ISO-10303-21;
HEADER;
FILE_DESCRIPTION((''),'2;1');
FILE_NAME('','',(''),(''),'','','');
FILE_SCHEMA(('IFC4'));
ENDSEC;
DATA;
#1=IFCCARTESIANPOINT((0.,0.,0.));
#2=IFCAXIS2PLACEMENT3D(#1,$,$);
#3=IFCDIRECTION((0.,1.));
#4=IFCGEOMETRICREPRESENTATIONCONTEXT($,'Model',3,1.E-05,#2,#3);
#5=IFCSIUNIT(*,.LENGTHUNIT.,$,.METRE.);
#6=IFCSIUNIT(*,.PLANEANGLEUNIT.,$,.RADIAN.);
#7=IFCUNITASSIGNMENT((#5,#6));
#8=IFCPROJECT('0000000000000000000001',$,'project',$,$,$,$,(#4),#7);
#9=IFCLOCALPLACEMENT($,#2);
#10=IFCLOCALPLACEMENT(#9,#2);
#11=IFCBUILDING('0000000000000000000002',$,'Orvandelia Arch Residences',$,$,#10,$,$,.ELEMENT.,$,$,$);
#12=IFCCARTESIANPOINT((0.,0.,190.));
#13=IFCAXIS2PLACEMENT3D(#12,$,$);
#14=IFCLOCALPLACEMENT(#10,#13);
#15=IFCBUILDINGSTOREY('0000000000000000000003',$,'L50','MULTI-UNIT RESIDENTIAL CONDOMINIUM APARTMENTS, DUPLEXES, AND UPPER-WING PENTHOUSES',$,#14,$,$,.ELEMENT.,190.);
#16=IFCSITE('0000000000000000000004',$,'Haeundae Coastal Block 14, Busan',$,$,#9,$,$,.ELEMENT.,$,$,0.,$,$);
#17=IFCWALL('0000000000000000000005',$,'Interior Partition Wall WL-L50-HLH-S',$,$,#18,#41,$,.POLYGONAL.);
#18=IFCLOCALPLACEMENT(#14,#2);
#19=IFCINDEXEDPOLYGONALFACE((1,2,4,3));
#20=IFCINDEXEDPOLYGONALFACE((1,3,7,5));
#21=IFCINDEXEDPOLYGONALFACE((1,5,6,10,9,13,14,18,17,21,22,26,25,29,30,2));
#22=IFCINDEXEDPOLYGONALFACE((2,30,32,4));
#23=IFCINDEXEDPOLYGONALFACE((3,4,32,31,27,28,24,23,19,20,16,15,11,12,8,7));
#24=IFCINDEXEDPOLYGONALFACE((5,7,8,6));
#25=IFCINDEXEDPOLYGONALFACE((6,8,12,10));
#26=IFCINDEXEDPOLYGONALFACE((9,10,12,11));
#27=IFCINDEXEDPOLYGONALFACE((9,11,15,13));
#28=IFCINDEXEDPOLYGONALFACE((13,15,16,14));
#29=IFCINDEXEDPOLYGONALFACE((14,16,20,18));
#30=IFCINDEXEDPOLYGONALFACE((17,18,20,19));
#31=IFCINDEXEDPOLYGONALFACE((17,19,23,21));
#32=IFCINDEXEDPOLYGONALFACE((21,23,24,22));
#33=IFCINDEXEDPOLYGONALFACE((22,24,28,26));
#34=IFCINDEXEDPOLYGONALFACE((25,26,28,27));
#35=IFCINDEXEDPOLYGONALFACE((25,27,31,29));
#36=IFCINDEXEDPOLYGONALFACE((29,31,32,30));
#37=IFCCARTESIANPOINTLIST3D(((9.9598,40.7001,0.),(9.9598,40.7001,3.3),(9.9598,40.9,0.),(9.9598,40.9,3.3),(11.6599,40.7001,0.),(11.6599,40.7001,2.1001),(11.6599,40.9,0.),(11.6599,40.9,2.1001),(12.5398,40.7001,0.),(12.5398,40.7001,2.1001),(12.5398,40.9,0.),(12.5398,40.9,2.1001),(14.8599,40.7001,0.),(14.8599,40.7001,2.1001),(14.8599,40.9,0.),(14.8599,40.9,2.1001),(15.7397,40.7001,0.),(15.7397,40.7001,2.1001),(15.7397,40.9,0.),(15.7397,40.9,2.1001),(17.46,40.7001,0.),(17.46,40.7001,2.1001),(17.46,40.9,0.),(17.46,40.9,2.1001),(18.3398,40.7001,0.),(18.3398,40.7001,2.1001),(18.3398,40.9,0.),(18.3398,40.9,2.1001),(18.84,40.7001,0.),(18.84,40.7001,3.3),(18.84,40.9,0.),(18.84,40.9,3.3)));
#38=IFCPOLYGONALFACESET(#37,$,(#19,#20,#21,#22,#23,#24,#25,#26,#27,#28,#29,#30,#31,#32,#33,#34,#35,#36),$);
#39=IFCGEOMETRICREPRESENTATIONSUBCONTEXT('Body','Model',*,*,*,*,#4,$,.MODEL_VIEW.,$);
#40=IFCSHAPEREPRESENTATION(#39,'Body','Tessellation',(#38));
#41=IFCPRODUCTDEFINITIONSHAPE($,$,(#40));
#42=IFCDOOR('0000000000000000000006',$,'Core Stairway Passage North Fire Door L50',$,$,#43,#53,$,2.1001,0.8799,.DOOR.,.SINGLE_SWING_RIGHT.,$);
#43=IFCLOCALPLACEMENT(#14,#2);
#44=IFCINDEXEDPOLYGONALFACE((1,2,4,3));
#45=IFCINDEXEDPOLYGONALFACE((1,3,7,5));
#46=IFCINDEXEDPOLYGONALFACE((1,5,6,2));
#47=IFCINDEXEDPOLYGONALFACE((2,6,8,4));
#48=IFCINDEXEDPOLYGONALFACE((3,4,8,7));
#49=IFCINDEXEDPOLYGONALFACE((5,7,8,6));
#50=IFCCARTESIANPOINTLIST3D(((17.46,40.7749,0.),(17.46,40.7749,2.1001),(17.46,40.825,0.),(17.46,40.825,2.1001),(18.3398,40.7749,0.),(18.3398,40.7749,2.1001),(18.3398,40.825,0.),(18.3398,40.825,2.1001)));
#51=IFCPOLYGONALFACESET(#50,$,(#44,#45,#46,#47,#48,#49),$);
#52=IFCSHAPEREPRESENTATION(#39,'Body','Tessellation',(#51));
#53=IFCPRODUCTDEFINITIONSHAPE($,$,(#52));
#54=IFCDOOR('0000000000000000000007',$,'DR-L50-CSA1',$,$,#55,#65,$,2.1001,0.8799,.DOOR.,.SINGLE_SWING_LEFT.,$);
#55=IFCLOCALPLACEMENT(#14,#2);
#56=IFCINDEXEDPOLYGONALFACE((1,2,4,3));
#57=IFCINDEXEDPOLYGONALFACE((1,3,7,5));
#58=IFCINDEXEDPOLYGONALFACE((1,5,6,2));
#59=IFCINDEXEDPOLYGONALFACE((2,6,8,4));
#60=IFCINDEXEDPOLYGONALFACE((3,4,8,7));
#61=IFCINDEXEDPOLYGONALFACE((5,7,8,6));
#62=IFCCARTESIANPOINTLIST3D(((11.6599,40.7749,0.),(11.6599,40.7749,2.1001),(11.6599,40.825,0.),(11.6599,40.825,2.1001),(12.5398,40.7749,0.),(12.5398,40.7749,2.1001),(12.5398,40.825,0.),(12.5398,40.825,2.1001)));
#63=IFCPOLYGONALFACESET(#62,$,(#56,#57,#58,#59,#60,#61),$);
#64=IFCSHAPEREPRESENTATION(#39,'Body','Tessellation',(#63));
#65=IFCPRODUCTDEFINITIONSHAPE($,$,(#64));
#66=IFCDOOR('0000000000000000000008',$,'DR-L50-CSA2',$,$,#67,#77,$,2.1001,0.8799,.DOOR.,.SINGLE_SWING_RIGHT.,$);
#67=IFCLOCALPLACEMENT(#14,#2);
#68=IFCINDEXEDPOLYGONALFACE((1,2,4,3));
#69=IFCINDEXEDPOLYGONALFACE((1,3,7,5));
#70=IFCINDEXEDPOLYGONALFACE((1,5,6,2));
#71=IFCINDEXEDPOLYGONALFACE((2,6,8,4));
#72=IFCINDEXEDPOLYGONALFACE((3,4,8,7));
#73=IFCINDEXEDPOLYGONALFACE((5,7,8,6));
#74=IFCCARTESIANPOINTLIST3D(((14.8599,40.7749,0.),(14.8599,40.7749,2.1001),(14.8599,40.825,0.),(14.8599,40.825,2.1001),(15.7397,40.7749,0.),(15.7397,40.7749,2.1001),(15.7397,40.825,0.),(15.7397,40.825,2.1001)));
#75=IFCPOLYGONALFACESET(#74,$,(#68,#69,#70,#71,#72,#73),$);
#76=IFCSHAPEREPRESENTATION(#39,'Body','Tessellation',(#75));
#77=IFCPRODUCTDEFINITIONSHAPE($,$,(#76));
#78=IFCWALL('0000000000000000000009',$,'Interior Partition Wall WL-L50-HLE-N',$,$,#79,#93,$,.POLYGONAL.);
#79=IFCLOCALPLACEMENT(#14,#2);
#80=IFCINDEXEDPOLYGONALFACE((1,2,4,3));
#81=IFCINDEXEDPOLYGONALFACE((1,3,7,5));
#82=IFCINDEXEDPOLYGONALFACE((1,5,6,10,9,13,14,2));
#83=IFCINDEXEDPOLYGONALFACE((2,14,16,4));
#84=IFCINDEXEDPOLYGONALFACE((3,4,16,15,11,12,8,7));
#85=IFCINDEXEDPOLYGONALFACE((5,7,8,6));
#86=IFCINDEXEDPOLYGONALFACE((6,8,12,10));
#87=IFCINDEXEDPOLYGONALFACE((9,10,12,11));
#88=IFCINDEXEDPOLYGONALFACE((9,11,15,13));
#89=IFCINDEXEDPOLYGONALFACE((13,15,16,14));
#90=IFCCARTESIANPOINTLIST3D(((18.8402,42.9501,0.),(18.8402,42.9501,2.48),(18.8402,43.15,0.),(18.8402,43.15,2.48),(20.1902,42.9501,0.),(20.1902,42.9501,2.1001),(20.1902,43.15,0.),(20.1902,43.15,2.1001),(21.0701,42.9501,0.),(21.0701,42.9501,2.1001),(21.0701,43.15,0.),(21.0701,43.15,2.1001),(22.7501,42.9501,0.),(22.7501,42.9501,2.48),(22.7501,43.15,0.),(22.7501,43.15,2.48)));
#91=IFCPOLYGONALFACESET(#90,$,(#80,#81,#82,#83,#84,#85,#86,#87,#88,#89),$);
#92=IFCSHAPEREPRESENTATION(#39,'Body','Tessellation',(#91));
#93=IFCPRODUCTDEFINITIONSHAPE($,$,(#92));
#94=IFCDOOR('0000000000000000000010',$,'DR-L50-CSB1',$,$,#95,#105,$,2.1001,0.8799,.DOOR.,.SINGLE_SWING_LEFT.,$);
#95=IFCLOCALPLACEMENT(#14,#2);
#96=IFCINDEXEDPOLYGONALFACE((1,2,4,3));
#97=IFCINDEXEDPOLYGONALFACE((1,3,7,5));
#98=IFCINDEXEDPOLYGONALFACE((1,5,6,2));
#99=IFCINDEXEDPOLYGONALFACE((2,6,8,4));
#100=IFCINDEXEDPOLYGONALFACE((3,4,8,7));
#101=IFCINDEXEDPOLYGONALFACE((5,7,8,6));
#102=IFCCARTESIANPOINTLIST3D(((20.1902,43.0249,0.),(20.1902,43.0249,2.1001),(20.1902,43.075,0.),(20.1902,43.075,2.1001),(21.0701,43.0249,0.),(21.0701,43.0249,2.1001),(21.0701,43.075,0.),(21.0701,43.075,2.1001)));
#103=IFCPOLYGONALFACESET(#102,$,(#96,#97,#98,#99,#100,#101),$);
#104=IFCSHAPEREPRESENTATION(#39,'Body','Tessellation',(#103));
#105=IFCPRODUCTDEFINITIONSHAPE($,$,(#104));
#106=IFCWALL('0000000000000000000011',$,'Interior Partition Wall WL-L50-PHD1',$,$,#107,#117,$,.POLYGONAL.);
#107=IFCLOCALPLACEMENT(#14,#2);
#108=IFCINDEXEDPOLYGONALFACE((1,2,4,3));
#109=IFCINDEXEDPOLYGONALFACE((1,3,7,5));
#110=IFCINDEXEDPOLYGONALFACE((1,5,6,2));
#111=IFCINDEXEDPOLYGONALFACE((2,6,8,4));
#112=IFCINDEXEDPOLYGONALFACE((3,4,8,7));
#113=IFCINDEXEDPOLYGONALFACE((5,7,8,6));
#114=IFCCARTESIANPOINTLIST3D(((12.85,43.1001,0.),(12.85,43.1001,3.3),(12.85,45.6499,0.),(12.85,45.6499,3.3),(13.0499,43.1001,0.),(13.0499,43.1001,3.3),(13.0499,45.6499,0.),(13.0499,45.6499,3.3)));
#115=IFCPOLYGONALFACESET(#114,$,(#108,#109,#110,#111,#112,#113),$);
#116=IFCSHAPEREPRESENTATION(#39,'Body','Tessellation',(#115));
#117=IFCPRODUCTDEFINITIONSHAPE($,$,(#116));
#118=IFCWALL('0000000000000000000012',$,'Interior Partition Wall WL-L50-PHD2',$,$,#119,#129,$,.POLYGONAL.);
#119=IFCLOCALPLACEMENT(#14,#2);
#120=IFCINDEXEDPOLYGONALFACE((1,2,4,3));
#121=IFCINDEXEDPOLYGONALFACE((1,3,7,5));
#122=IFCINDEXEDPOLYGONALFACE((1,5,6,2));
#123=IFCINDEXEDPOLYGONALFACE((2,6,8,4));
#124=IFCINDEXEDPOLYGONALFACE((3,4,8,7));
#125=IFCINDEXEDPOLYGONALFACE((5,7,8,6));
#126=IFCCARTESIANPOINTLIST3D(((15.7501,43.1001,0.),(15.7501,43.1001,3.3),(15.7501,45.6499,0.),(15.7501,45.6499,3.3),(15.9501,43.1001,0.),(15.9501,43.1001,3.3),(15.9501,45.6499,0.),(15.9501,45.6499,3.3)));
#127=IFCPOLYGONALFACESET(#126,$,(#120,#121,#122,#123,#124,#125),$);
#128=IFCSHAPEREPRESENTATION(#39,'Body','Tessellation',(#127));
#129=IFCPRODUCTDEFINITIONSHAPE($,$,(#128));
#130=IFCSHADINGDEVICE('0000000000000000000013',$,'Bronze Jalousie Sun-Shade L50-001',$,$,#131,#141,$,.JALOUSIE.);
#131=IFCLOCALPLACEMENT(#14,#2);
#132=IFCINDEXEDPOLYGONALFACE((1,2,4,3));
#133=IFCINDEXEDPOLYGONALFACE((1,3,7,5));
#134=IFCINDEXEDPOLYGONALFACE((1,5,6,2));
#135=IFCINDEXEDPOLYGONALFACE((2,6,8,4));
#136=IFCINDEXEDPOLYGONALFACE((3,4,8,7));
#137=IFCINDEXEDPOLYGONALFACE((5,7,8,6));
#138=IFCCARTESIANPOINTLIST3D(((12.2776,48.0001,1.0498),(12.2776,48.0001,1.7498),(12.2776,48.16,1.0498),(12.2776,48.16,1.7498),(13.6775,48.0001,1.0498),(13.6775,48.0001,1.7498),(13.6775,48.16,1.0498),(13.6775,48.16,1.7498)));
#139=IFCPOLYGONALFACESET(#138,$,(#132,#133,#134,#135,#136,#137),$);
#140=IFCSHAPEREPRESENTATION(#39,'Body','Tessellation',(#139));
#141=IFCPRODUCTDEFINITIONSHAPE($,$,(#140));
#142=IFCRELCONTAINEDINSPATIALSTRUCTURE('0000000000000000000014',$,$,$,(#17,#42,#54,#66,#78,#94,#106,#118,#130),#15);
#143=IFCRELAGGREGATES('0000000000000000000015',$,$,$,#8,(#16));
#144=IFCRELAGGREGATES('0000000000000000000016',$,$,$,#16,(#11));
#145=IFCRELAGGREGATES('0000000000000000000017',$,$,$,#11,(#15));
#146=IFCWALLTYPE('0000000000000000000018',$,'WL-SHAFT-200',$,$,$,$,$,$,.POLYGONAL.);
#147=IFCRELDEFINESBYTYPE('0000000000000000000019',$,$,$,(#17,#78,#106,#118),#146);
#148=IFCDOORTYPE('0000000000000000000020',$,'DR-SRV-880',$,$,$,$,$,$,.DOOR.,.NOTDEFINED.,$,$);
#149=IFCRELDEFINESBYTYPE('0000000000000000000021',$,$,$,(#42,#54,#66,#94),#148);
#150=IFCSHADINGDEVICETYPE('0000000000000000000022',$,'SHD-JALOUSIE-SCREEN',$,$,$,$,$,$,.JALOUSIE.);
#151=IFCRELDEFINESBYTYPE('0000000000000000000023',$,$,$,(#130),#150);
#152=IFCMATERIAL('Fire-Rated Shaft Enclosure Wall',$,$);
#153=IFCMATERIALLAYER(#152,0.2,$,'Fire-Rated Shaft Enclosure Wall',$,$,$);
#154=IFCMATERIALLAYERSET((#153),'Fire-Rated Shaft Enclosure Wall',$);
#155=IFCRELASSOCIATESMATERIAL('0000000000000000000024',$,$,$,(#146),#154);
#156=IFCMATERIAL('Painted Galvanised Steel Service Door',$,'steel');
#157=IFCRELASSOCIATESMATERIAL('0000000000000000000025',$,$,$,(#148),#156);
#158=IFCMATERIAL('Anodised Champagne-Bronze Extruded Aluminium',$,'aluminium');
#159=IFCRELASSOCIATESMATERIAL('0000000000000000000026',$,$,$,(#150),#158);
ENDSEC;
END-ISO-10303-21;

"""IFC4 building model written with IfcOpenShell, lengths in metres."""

from ifc_helpers import new_model, si_unit, direction, frame, frame_2d, origin, origin_2d, place, context, subcontext, project, spatial, rectangle, extrude, material, layer, layer_set, type_object, element, fill, save


model = new_model("IFC4")

# Units and contexts
model_context = context("Model", 3, precision=1e-05, world=origin(), true_north=direction((0.0, 1.0)))
body_context = subcontext(model_context, "Body", "Model", "MODEL_VIEW")
ifc_project = project(units=[si_unit("LENGTHUNIT", "METRE"), si_unit("PLANEANGLEUNIT", "RADIAN")], contexts=[model_context])

# Site, building, storey
site_placement = place(None, origin())
site = spatial("IfcSite", under=ifc_project, at=site_placement, Name="Haeundae Coastal Block 14, Busan", CompositionType="ELEMENT", RefElevation=0.0)
building_placement = place(site_placement, origin())
building = spatial("IfcBuilding", under=site, at=building_placement, Name="Orvandelia Arch Residences", CompositionType="ELEMENT")
storey_placement = place(building_placement, frame((0.0, 0.0, 190.0)))
storey = spatial("IfcBuildingStorey", under=building, at=storey_placement, Name="L50", Description="MULTI-UNIT RESIDENTIAL CONDOMINIUM APARTMENTS, DUPLEXES, AND UPPER-WING PENTHOUSES", CompositionType="ELEMENT", Elevation=190.0)

# Wall, openings, doors
ifc_material_1 = material(Name="Fire-Rated Shaft Enclosure Wall")
ifc_layer_1 = layer(ifc_material_1, 0.2, Name="Fire-Rated Shaft Enclosure Wall")
ifc_layer_set_1 = layer_set([ifc_layer_1], Name="Fire-Rated Shaft Enclosure Wall")
wall_type_1 = type_object("IfcWallType", Name="WL-SHAFT-200", PredefinedType="POLYGONAL", material=ifc_layer_set_1)
wall_1_placement = place(storey_placement, frame((9.96, 40.8, 0.0), z_axis=(0.0, 0.0, 1.0), x_axis=(1.0, 0.0, 0.0)))
wall_1 = element("IfcWall", 1, at=wall_1_placement, inside=storey, type_object=wall_type_1, Name="Interior Partition Wall WL-L50-HLH-S", PredefinedType="POLYGONAL", context=body_context, shape_type="SweptSolid", body=[
    extrude(rectangle(XDim=8.8801, YDim=0.2, at=frame_2d((4.4399, 0.0))), origin(), (0.0, 0.0, 1.0), 3.3),
])
opening_1_placement = place(wall_1_placement, frame((7.5, 0.0, 0.0)))
opening_1 = element("IfcOpeningElement", 2, at=opening_1_placement, cuts=wall_1, PredefinedType="OPENING", context=body_context, shape_type="SweptSolid", body=[
    extrude(rectangle(XDim=0.8799, YDim=2.1001, at=frame_2d((0.4399, 1.05))), frame((0.0, 0.1099, 0.0), z_axis=(0.0, -1.0, 0.0), x_axis=(1.0, 0.0, 0.0)), (0.0, 0.0, 1.0), 0.22),
])
opening_2_placement = place(wall_1_placement, frame((1.7, 0.0, 0.0)))
opening_2 = element("IfcOpeningElement", 3, at=opening_2_placement, cuts=wall_1, PredefinedType="OPENING", context=body_context, shape_type="SweptSolid", body=[
    extrude(rectangle(XDim=0.8799, YDim=2.1001, at=frame_2d((0.4399, 1.05))), frame((0.0, 0.1099, 0.0), z_axis=(0.0, -1.0, 0.0), x_axis=(1.0, 0.0, 0.0)), (0.0, 0.0, 1.0), 0.22),
])
opening_3_placement = place(wall_1_placement, frame((4.8999, 0.0, 0.0)))
opening_3 = element("IfcOpeningElement", 4, at=opening_3_placement, cuts=wall_1, PredefinedType="OPENING", context=body_context, shape_type="SweptSolid", body=[
    extrude(rectangle(XDim=0.8799, YDim=2.1001, at=frame_2d((0.4399, 1.05))), frame((0.0, 0.1099, 0.0), z_axis=(0.0, -1.0, 0.0), x_axis=(1.0, 0.0, 0.0)), (0.0, 0.0, 1.0), 0.22),
])
ifc_material_2 = material(Name="Painted Galvanised Steel Service Door", Category="steel")
door_type_1 = type_object("IfcDoorType", Name="DR-SRV-880", OperationType="NOTDEFINED", PredefinedType="DOOR", material=ifc_material_2)
door_1_placement = place(opening_1_placement, origin())
door_1 = element("IfcDoor", 5, at=door_1_placement, inside=storey, type_object=door_type_1, Name="Core Stairway Passage North Fire Door L50", OperationType="SINGLE_SWING_RIGHT", OverallHeight=2.1001, OverallWidth=0.8799, PredefinedType="DOOR", context=body_context, shape_type="SweptSolid", body=[
    extrude(rectangle(XDim=0.8799, YDim=2.1001, at=frame_2d((0.4399, 1.05))), frame((0.0, 0.0249, 0.0), z_axis=(0.0, -1.0, 0.0), x_axis=(1.0, 0.0, 0.0)), (0.0, 0.0, 1.0), 0.05),
])
fill(opening_1, door_1)
door_2_placement = place(opening_2_placement, origin())
door_2 = element("IfcDoor", 6, at=door_2_placement, inside=storey, type_object=door_type_1, Name="DR-L50-CSA1", OperationType="SINGLE_SWING_LEFT", OverallHeight=2.1001, OverallWidth=0.8799, PredefinedType="DOOR", context=body_context, shape_type="SweptSolid", body=[
    extrude(rectangle(XDim=0.8799, YDim=2.1001, at=frame_2d((0.4399, 1.05))), frame((0.0, 0.0249, 0.0), z_axis=(0.0, -1.0, 0.0), x_axis=(1.0, 0.0, 0.0)), (0.0, 0.0, 1.0), 0.05),
])
fill(opening_2, door_2)
door_3_placement = place(opening_3_placement, origin())
door_3 = element("IfcDoor", 7, at=door_3_placement, inside=storey, type_object=door_type_1, Name="DR-L50-CSA2", OperationType="SINGLE_SWING_RIGHT", OverallHeight=2.1001, OverallWidth=0.8799, PredefinedType="DOOR", context=body_context, shape_type="SweptSolid", body=[
    extrude(rectangle(XDim=0.8799, YDim=2.1001, at=frame_2d((0.4399, 1.05))), frame((0.0, 0.0249, 0.0), z_axis=(0.0, -1.0, 0.0), x_axis=(1.0, 0.0, 0.0)), (0.0, 0.0, 1.0), 0.05),
])
fill(opening_3, door_3)

# Wall, opening, door
wall_2_placement = place(storey_placement, frame((18.8401, 43.05, 0.0), z_axis=(0.0, 0.0, 1.0), x_axis=(1.0, 0.0, 0.0)))
wall_2 = element("IfcWall", 8, at=wall_2_placement, inside=storey, type_object=wall_type_1, Name="Interior Partition Wall WL-L50-HLE-N", PredefinedType="POLYGONAL", context=body_context, shape_type="SweptSolid", body=[
    extrude(rectangle(XDim=3.9099, YDim=0.2, at=frame_2d((1.9551, 0.0))), origin(), (0.0, 0.0, 1.0), 2.48),
])
opening_4_placement = place(wall_2_placement, frame((1.3501, 0.0, 0.0)))
opening_4 = element("IfcOpeningElement", 9, at=opening_4_placement, cuts=wall_2, PredefinedType="OPENING", context=body_context, shape_type="SweptSolid", body=[
    extrude(rectangle(XDim=0.8799, YDim=2.1001, at=frame_2d((0.4399, 1.05))), frame((0.0, 0.1099, 0.0), z_axis=(0.0, -1.0, 0.0), x_axis=(1.0, 0.0, 0.0)), (0.0, 0.0, 1.0), 0.22),
])
door_4_placement = place(opening_4_placement, origin())
door_4 = element("IfcDoor", 10, at=door_4_placement, inside=storey, type_object=door_type_1, Name="DR-L50-CSB1", OperationType="SINGLE_SWING_LEFT", OverallHeight=2.1001, OverallWidth=0.8799, PredefinedType="DOOR", context=body_context, shape_type="SweptSolid", body=[
    extrude(rectangle(XDim=0.8799, YDim=2.1001, at=frame_2d((0.4399, 1.05))), frame((0.0, 0.0249, 0.0), z_axis=(0.0, -1.0, 0.0), x_axis=(1.0, 0.0, 0.0)), (0.0, 0.0, 1.0), 0.05),
])
fill(opening_4, door_4)

# Walls
for number, where, z_axis, x_axis, name in (
    (11, (12.95, 43.1001, 0.0), (0.0, 0.0, 1.0), (0.0, 1.0, 0.0), "Interior Partition Wall WL-L50-PHD1"),
    (12, (15.8501, 43.1001, 0.0), (0.0, 0.0, 1.0), (0.0, 1.0, 0.0), "Interior Partition Wall WL-L50-PHD2"),
):
    element("IfcWall", number, at=place(storey_placement, frame(where, z_axis=z_axis, x_axis=x_axis)), inside=storey, type_object=wall_type_1, Name=name, PredefinedType="POLYGONAL", context=body_context, shape_type="SweptSolid", body=[
        extrude(rectangle(XDim=2.5498, YDim=0.2, at=frame_2d((1.2749, 0.0))), origin(), (0.0, 0.0, 1.0), 3.3),
    ])

# Shading device
ifc_material_3 = material(Name="Anodised Champagne-Bronze Extruded Aluminium", Category="aluminium")
shading_device_type = type_object("IfcShadingDeviceType", Name="SHD-JALOUSIE-SCREEN", PredefinedType="JALOUSIE", material=ifc_material_3)
shading_device_placement = place(storey_placement, frame((12.9775, 48.0801, 1.0498), z_axis=(0.0, 0.0, 1.0), x_axis=(1.0, 0.0, 0.0)))
element("IfcShadingDevice", 13, at=shading_device_placement, inside=storey, type_object=shading_device_type, Name="Bronze Jalousie Sun-Shade L50-001", PredefinedType="JALOUSIE", context=body_context, shape_type="SweptSolid", body=[
    extrude(rectangle(XDim=1.3999, YDim=0.1599, at=origin_2d()), origin(), (0.0, 0.0, 1.0), 0.7),
])

save(model, "model.ifc")
